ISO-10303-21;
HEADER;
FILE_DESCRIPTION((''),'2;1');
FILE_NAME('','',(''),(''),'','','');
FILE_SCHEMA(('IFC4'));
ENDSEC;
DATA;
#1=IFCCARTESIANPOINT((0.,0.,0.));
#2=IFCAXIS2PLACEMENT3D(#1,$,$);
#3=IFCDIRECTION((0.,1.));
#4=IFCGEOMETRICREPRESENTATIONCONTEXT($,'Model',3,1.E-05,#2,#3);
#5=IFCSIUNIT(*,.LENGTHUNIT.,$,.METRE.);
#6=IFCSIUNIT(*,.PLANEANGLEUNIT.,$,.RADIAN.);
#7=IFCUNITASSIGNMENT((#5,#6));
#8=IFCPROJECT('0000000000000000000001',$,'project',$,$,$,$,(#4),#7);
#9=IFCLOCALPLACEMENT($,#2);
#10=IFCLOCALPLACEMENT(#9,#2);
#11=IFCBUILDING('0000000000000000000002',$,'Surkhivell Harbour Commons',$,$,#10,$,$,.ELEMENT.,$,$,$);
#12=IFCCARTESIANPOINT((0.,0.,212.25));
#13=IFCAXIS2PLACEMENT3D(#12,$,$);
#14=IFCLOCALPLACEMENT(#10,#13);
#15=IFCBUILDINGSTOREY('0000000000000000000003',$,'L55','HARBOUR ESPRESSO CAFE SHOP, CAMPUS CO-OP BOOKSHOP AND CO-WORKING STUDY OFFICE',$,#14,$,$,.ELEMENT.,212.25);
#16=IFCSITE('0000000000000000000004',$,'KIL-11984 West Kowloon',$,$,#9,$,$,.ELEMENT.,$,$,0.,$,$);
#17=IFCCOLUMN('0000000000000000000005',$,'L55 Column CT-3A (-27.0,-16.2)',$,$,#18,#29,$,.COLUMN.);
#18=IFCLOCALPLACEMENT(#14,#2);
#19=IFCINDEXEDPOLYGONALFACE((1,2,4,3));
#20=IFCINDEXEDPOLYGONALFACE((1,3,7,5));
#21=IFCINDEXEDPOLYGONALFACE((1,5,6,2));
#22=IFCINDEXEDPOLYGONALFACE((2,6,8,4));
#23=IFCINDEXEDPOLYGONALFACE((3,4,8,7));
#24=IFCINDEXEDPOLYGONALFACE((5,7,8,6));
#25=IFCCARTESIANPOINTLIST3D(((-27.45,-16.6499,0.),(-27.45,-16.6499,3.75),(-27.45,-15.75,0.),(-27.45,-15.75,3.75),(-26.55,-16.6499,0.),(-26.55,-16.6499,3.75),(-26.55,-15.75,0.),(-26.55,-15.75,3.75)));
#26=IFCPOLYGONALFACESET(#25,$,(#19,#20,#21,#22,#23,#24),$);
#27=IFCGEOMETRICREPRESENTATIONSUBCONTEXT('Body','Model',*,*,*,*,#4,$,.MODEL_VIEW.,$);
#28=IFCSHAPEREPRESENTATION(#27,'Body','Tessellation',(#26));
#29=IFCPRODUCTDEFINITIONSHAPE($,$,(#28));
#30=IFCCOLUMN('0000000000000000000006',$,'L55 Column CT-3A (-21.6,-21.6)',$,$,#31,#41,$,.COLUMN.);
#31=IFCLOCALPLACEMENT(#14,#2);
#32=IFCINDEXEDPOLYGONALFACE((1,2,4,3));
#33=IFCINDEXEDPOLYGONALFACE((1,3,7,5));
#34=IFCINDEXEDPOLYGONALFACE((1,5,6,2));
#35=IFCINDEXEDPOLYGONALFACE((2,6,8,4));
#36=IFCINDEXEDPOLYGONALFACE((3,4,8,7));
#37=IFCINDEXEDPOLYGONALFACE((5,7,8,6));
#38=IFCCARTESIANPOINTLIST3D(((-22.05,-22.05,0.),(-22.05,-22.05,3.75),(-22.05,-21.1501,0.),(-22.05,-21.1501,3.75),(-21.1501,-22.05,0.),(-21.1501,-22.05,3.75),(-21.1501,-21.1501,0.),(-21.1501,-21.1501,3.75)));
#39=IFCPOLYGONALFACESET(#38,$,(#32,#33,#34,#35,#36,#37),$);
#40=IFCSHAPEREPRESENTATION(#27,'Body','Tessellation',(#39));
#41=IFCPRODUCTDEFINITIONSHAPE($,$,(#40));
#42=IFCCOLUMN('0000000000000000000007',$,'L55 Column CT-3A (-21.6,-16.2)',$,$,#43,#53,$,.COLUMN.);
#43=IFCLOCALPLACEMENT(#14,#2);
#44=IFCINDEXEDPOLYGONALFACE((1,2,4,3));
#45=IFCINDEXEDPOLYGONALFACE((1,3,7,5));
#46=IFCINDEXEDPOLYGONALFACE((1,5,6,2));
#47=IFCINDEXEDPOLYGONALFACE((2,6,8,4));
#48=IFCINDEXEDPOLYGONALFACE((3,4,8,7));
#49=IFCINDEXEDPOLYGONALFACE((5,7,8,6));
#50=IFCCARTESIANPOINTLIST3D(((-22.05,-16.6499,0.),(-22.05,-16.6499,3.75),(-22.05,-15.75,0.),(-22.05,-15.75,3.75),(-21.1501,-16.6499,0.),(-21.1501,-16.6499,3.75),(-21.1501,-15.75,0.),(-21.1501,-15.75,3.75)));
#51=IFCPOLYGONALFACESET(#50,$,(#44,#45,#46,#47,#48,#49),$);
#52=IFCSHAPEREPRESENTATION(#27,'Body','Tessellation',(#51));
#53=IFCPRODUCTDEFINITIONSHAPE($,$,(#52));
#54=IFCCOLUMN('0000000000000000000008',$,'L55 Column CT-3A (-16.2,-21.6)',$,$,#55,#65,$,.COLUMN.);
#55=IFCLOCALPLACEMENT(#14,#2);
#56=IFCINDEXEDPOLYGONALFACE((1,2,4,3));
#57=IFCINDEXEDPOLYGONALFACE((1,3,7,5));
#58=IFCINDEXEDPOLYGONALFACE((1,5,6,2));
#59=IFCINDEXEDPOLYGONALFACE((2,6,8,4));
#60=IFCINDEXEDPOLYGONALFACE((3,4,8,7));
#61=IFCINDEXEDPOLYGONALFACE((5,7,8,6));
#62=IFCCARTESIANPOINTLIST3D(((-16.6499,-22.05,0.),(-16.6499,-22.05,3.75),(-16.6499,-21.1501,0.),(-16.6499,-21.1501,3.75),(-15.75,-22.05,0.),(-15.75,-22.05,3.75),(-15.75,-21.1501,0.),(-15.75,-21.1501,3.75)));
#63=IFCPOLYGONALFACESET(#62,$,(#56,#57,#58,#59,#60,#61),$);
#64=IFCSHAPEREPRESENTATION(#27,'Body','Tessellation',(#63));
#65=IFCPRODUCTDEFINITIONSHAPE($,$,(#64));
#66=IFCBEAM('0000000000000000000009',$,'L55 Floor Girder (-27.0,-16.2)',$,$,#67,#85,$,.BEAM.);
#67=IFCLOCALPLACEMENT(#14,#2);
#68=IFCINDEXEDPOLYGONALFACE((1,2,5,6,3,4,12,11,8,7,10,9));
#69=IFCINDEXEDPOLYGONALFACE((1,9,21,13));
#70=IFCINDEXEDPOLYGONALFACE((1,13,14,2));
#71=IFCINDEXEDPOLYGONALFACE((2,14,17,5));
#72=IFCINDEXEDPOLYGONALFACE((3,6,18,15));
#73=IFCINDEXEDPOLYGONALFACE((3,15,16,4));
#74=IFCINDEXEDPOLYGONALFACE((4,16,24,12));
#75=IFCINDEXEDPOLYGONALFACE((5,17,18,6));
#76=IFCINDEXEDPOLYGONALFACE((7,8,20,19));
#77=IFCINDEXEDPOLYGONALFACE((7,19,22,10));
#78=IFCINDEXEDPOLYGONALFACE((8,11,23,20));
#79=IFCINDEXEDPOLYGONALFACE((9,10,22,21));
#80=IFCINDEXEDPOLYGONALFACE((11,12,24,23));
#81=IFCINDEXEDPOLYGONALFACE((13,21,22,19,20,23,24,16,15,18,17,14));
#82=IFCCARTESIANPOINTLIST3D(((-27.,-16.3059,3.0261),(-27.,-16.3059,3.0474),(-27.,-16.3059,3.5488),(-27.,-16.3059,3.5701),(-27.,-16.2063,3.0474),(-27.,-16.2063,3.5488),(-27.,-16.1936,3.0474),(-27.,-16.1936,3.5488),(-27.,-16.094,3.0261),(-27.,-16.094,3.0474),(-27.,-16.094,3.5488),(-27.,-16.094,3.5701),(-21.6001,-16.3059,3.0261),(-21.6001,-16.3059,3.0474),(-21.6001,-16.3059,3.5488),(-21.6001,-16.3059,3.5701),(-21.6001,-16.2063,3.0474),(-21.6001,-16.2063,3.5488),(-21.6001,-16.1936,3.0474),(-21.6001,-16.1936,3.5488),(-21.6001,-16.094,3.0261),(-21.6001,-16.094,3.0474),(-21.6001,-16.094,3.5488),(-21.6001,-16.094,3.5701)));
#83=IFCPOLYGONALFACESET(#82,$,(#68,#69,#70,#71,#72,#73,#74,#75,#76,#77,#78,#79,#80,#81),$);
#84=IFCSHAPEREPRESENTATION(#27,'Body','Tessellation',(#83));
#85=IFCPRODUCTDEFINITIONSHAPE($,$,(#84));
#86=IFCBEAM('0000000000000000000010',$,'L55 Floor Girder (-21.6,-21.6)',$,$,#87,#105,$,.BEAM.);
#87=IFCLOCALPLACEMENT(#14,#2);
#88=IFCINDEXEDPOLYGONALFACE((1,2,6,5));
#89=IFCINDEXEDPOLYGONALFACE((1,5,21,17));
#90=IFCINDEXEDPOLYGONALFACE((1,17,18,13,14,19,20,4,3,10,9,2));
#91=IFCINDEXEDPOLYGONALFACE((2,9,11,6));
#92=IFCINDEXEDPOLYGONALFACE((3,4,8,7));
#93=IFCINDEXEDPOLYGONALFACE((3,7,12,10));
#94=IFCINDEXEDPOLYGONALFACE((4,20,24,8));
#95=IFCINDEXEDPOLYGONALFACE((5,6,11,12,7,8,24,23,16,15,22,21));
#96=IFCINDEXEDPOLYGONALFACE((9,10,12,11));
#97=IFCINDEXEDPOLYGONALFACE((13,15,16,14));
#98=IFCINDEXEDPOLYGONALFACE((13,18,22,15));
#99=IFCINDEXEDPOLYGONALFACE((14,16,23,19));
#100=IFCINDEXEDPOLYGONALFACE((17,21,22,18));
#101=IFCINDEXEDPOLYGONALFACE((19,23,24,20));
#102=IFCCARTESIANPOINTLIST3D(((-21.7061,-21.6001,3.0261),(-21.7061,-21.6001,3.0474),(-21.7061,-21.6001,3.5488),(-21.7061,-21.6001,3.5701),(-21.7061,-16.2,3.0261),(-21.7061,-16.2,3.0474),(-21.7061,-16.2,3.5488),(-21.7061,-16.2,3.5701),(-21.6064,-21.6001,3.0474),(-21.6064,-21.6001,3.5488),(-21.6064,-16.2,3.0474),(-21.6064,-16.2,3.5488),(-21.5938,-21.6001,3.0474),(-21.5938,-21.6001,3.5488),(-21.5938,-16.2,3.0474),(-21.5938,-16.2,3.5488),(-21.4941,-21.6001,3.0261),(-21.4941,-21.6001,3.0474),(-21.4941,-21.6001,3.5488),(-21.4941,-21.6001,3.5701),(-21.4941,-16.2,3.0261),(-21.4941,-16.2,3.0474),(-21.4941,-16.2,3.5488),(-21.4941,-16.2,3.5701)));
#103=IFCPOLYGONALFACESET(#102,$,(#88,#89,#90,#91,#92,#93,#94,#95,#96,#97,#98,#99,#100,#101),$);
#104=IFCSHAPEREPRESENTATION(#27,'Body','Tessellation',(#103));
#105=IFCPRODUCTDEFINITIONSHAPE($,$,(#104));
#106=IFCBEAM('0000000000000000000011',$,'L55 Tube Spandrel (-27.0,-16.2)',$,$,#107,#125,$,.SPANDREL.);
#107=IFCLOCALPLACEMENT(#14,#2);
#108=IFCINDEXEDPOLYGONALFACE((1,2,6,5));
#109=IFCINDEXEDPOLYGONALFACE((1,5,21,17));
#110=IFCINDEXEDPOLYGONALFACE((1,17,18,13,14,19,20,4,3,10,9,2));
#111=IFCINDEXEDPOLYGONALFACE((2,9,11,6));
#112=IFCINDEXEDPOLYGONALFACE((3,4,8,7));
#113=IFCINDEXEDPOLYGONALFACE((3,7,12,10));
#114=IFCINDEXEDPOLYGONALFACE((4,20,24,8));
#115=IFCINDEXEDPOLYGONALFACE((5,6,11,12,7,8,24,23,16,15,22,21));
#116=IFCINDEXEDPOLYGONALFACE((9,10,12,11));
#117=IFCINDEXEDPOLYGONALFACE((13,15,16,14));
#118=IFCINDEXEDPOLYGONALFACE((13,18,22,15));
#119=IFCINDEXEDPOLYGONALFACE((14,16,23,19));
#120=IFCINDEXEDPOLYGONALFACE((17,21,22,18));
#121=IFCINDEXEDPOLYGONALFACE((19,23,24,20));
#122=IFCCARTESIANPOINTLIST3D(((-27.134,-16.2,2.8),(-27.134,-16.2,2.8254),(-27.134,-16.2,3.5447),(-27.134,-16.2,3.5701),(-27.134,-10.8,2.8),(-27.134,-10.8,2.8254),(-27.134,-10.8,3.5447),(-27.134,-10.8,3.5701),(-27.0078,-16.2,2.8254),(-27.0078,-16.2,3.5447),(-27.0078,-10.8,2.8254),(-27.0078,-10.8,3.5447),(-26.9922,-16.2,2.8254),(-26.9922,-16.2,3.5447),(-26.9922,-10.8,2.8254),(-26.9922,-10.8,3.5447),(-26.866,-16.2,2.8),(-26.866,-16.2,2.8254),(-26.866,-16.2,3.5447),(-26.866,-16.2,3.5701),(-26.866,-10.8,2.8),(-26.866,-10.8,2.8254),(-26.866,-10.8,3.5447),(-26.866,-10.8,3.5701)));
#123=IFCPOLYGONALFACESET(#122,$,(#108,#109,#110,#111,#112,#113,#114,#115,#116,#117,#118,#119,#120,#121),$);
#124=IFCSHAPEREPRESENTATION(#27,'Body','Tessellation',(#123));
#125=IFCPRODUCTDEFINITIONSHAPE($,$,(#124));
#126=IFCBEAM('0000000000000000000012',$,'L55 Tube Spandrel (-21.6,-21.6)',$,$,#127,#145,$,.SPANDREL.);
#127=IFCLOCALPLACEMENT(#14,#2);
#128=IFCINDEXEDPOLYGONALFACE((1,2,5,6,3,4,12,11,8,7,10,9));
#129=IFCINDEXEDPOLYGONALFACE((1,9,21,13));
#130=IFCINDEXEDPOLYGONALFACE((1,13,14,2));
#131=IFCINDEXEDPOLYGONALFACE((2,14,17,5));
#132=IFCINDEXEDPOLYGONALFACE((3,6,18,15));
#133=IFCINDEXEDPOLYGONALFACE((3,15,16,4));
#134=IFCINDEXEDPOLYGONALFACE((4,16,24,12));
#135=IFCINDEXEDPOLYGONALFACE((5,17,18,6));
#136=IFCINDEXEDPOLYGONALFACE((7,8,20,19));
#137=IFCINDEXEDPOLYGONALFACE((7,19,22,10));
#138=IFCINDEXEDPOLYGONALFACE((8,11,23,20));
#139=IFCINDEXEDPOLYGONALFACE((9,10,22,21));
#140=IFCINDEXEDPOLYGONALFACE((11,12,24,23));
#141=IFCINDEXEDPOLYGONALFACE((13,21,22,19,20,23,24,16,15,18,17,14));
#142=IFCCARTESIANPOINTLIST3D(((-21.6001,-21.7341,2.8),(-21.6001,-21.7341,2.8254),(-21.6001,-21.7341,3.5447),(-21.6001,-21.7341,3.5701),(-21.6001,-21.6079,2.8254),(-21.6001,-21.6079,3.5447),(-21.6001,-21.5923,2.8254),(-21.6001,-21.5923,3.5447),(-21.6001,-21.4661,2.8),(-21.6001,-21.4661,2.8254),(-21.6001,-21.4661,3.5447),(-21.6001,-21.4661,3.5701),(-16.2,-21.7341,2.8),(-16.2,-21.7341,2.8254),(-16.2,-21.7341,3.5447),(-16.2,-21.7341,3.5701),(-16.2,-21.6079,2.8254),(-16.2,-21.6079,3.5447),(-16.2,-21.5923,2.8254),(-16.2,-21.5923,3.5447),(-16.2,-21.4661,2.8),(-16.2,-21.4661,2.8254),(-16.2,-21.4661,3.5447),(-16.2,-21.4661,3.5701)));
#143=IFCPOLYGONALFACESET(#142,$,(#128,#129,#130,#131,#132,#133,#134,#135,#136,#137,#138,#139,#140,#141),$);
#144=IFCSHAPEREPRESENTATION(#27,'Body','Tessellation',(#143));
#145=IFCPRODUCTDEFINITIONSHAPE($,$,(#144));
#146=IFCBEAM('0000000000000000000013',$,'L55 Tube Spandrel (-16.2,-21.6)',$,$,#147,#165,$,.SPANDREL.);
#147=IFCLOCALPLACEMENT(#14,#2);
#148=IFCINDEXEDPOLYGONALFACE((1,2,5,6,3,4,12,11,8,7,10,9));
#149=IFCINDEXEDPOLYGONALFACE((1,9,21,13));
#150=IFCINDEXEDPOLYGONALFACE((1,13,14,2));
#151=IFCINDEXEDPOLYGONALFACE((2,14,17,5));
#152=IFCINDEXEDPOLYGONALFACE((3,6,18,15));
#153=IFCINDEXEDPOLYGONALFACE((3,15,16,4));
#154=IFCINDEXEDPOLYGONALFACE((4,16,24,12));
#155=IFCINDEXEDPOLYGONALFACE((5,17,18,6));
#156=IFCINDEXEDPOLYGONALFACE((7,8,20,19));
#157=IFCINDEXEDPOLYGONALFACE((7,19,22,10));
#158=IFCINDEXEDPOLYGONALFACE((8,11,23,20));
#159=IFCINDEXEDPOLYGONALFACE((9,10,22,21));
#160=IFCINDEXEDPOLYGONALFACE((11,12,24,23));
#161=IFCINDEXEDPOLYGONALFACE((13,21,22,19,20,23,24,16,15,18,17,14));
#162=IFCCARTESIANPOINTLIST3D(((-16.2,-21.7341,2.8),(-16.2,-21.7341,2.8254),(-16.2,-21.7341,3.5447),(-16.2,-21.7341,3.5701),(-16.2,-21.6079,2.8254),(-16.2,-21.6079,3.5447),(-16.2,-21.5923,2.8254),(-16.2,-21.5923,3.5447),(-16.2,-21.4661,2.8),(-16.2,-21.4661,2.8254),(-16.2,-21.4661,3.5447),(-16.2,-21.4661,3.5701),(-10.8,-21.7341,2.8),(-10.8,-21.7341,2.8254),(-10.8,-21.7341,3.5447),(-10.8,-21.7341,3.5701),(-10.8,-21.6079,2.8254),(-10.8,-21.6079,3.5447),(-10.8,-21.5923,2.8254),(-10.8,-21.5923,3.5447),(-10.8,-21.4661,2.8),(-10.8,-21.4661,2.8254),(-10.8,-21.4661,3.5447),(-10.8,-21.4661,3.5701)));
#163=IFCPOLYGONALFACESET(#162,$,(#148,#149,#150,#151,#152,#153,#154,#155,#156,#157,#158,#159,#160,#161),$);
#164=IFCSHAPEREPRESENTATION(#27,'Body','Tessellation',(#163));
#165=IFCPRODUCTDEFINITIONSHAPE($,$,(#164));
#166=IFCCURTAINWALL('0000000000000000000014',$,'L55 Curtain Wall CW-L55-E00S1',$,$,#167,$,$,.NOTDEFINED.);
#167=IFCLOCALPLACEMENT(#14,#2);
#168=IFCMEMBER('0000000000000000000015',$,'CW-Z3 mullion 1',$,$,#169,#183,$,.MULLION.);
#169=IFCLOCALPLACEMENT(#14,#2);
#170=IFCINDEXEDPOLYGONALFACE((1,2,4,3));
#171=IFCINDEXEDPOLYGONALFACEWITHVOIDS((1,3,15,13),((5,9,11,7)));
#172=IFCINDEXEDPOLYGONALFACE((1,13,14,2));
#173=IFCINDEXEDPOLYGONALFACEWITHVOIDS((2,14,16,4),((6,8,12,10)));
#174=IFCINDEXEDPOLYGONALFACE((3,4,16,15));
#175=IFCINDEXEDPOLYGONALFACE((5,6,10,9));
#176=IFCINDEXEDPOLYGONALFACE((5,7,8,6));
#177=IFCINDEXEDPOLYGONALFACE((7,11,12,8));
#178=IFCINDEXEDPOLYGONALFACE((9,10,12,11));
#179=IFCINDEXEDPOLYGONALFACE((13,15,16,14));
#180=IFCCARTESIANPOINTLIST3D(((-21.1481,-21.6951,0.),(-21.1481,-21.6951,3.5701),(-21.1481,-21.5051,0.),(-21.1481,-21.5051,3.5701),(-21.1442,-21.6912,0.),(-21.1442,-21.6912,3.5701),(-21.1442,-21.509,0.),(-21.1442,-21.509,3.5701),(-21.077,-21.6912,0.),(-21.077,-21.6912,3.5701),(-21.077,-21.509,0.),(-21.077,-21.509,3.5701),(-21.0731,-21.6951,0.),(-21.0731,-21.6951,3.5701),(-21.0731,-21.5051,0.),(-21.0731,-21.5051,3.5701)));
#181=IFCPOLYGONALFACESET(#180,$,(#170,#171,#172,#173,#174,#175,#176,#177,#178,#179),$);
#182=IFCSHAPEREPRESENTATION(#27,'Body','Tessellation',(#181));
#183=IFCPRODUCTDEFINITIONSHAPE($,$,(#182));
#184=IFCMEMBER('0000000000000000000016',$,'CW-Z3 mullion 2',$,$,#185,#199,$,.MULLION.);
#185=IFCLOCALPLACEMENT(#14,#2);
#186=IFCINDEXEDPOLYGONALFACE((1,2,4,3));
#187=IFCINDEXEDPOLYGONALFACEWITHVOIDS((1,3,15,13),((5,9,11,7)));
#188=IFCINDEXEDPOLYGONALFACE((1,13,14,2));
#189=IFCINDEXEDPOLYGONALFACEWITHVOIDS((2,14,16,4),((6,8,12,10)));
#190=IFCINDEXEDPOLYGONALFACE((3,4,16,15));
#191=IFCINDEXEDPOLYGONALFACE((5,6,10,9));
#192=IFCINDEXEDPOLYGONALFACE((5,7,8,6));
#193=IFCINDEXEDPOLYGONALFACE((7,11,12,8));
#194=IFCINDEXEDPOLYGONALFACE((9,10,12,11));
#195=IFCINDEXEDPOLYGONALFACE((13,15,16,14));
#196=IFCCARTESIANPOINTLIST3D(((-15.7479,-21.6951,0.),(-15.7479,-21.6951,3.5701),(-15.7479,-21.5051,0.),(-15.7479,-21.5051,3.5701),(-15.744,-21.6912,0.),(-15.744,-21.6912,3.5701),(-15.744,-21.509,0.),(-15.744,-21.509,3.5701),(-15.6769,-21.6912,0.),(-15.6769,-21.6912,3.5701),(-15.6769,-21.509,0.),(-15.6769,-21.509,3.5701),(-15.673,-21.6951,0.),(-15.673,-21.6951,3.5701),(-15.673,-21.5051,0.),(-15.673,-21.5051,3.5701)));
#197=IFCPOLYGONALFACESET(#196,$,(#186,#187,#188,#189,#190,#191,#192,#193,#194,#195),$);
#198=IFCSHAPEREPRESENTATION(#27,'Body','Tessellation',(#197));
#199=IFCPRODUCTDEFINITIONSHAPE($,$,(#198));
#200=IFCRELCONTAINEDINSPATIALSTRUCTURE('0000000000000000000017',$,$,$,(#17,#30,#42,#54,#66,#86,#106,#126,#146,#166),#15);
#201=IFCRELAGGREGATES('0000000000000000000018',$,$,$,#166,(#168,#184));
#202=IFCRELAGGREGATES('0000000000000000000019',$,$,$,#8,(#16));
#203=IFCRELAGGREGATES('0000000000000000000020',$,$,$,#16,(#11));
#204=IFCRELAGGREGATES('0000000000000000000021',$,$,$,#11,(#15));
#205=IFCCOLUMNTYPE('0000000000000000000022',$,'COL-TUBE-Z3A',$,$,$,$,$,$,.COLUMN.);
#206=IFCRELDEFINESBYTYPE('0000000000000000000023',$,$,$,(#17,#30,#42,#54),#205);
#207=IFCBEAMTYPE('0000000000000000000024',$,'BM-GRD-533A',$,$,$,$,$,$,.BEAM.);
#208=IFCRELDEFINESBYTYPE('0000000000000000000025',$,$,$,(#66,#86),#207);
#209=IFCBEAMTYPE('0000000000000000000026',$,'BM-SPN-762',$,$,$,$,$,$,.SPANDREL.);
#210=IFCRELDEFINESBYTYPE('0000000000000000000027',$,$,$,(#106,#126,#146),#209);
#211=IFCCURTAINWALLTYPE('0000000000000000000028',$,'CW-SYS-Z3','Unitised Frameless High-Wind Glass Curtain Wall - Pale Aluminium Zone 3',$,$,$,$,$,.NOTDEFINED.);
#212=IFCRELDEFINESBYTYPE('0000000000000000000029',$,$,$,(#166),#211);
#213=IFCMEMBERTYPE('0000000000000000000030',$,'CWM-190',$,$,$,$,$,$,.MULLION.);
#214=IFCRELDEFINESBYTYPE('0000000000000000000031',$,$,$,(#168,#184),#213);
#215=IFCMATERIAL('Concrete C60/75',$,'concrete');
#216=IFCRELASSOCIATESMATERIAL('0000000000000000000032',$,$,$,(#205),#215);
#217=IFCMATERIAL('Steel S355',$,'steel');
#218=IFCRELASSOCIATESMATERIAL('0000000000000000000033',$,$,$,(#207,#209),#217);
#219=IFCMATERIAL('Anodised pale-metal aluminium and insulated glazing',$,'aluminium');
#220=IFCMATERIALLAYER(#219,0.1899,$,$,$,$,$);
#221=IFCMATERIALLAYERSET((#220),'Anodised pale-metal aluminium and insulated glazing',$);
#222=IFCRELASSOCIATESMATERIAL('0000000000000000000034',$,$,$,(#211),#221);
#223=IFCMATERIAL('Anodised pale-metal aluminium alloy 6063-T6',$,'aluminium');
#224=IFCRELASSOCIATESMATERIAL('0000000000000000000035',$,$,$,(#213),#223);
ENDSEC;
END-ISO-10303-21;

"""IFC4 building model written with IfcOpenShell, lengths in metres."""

from ifc_helpers import new_model, si_unit, direction, frame, origin, origin_2d, place, context, subcontext, project, spatial, rectangle, hollow_rectangle, i_section, extrude, material, layer, layer_set, material_profile, profile_set, type_object, element, aggregate, save


model = new_model("IFC4")

# Units and contexts
model_context = context("Model", 3, precision=1e-05, world=origin(), true_north=direction((0.0, 1.0)))
body_context = subcontext(model_context, "Body", "Model", "MODEL_VIEW")
ifc_project = project(units=[si_unit("LENGTHUNIT", "METRE"), si_unit("PLANEANGLEUNIT", "RADIAN")], contexts=[model_context])

# Site, building, storey
site_placement = place(None, origin())
site = spatial("IfcSite", under=ifc_project, at=site_placement, Name="KIL-11984 West Kowloon", CompositionType="ELEMENT", RefElevation=0.0)
building_placement = place(site_placement, origin())
building = spatial("IfcBuilding", under=site, at=building_placement, Name="Surkhivell Harbour Commons", CompositionType="ELEMENT")
storey_placement = place(building_placement, frame((0.0, 0.0, 212.25)))
storey = spatial("IfcBuildingStorey", under=building, at=storey_placement, Name="L55", Description="HARBOUR ESPRESSO CAFE SHOP, CAMPUS CO-OP BOOKSHOP AND CO-WORKING STUDY OFFICE", CompositionType="ELEMENT", Elevation=212.25)

# Columns
ifc_material_1 = material(Name="Concrete C60/75", Category="concrete")
ifc_material_profile_1 = material_profile(ifc_material_1, rectangle(XDim=0.8999, YDim=0.8999, at=origin_2d()), Name="RC-COL-900x900")
ifc_profile_set_1 = profile_set([ifc_material_profile_1], Name="Concrete C60/75")
column_type = type_object("IfcColumnType", Name="COL-TUBE-Z3A", PredefinedType="COLUMN", material=ifc_profile_set_1)
for number, where, z_axis, x_axis, name in (
    (1, (-27.0, -16.2, 0.0), (0.0, 0.0, 1.0), (1.0, 0.0, 0.0), "L55 Column CT-3A (-27.0,-16.2)"),
    (2, (-21.6001, -21.6001, 0.0), (0.0, 0.0, 1.0), (1.0, 0.0, 0.0), "L55 Column CT-3A (-21.6,-21.6)"),
    (3, (-21.6001, -16.2, 0.0), (0.0, 0.0, 1.0), (1.0, 0.0, 0.0), "L55 Column CT-3A (-21.6,-16.2)"),
    (4, (-16.2, -21.6001, 0.0), (0.0, 0.0, 1.0), (1.0, 0.0, 0.0), "L55 Column CT-3A (-16.2,-21.6)"),
):
    element("IfcColumn", number, at=place(storey_placement, frame(where, z_axis=z_axis, x_axis=x_axis)), inside=storey, type_object=column_type, Name=name, PredefinedType="COLUMN", context=body_context, shape_type="SweptSolid", body=[
        extrude(rectangle(XDim=0.8999, YDim=0.8999, at=origin_2d()), origin(), (0.0, 0.0, 1.0), 3.75),
    ])

# Beams
ifc_material_2 = material(Name="Steel S355", Category="steel")
ifc_material_profile_2 = material_profile(ifc_material_2, i_section(OverallWidth=0.2119, OverallDepth=0.5439, WebThickness=0.0127, FlangeThickness=0.0212, at=origin_2d()), Name="UB533x210x122")
ifc_profile_set_2 = profile_set([ifc_material_profile_2], Name="Steel S355")
beam_type_1 = type_object("IfcBeamType", Name="BM-GRD-533A", PredefinedType="BEAM", material=ifc_profile_set_2)
beam_1_placement = place(storey_placement, frame((-27.0, -16.2, 3.2981), z_axis=(1.0, 0.0, 0.0), x_axis=(0.0, 1.0, 0.0)))
element("IfcBeam", 5, at=beam_1_placement, inside=storey, type_object=beam_type_1, Name="L55 Floor Girder (-27.0,-16.2)", PredefinedType="BEAM", context=body_context, shape_type="SweptSolid", body=[
    extrude(i_section(OverallWidth=0.2119, OverallDepth=0.5439, WebThickness=0.0127, FlangeThickness=0.0212, at=origin_2d()), origin(), (0.0, 0.0, 1.0), 5.3999),
])
beam_2_placement = place(storey_placement, frame((-21.6001, -21.6001, 3.2981), z_axis=(0.0, 1.0, 0.0), x_axis=(-1.0, 0.0, 0.0)))
element("IfcBeam", 6, at=beam_2_placement, inside=storey, type_object=beam_type_1, Name="L55 Floor Girder (-21.6,-21.6)", PredefinedType="BEAM", context=body_context, shape_type="SweptSolid", body=[
    extrude(i_section(OverallWidth=0.2119, OverallDepth=0.5439, WebThickness=0.0127, FlangeThickness=0.0212, at=origin_2d()), origin(), (0.0, 0.0, 1.0), 5.4001),
])
ifc_material_profile_3 = material_profile(ifc_material_2, i_section(OverallWidth=0.2681, OverallDepth=0.77, WebThickness=0.0156, FlangeThickness=0.0254, at=origin_2d()), Name="UB762x267x197")
ifc_profile_set_3 = profile_set([ifc_material_profile_3], Name="Steel S355")
beam_type_2 = type_object("IfcBeamType", Name="BM-SPN-762", PredefinedType="SPANDREL", material=ifc_profile_set_3)
beam_3_placement = place(storey_placement, frame((-27.0, -16.2, 3.1851), z_axis=(0.0, 1.0, 0.0), x_axis=(-1.0, 0.0, 0.0)))
element("IfcBeam", 7, at=beam_3_placement, inside=storey, type_object=beam_type_2, Name="L55 Tube Spandrel (-27.0,-16.2)", PredefinedType="SPANDREL", context=body_context, shape_type="SweptSolid", body=[
    extrude(i_section(OverallWidth=0.2681, OverallDepth=0.77, WebThickness=0.0156, FlangeThickness=0.0254, at=origin_2d()), origin(), (0.0, 0.0, 1.0), 5.3999),
])
beam_4_placement = place(storey_placement, frame((-21.6001, -21.6001, 3.1851), z_axis=(1.0, 0.0, 0.0), x_axis=(0.0, 1.0, 0.0)))
element("IfcBeam", 8, at=beam_4_placement, inside=storey, type_object=beam_type_2, Name="L55 Tube Spandrel (-21.6,-21.6)", PredefinedType="SPANDREL", context=body_context, shape_type="SweptSolid", body=[
    extrude(i_section(OverallWidth=0.2681, OverallDepth=0.77, WebThickness=0.0156, FlangeThickness=0.0254, at=origin_2d()), origin(), (0.0, 0.0, 1.0), 5.4001),
])
beam_5_placement = place(storey_placement, frame((-16.2, -21.6001, 3.1851), z_axis=(1.0, 0.0, 0.0), x_axis=(0.0, 1.0, 0.0)))
element("IfcBeam", 9, at=beam_5_placement, inside=storey, type_object=beam_type_2, Name="L55 Tube Spandrel (-16.2,-21.6)", PredefinedType="SPANDREL", context=body_context, shape_type="SweptSolid", body=[
    extrude(i_section(OverallWidth=0.2681, OverallDepth=0.77, WebThickness=0.0156, FlangeThickness=0.0254, at=origin_2d()), origin(), (0.0, 0.0, 1.0), 5.3999),
])

# Curtain wall, members
ifc_material_3 = material(Name="Anodised pale-metal aluminium and insulated glazing", Category="aluminium")
ifc_layer_1 = layer(ifc_material_3, 0.1899)
ifc_layer_set_1 = layer_set([ifc_layer_1], Name="Anodised pale-metal aluminium and insulated glazing")
curtain_wall_type = type_object("IfcCurtainWallType", Name="CW-SYS-Z3", Description="Unitised Frameless High-Wind Glass Curtain Wall - Pale Aluminium Zone 3", PredefinedType="NOTDEFINED", material=ifc_layer_set_1)
curtain_wall_placement = place(storey_placement, origin())
curtain_wall = element("IfcCurtainWall", 10, at=curtain_wall_placement, inside=storey, type_object=curtain_wall_type, Name="L55 Curtain Wall CW-L55-E00S1", PredefinedType="NOTDEFINED")
ifc_material_4 = material(Name="Anodised pale-metal aluminium alloy 6063-T6", Category="aluminium")
ifc_material_profile_4 = material_profile(ifc_material_4, hollow_rectangle(XDim=0.075, YDim=0.1899, WallThickness=0.0039, at=origin_2d()), Name="ALU-MULL-75x190")
ifc_profile_set_4 = profile_set([ifc_material_profile_4], Name="Anodised pale-metal aluminium alloy 6063-T6")
member_type_1 = type_object("IfcMemberType", Name="CWM-190", PredefinedType="MULLION", material=ifc_profile_set_4)
member_1_placement = place(storey_placement, frame((-21.1106, -21.6001, 0.0), z_axis=(0.0, 0.0, 1.0), x_axis=(1.0, 0.0, 0.0)))
member_1 = element("IfcMember", 11, at=member_1_placement, type_object=member_type_1, Name="CW-Z3 mullion 1", PredefinedType="MULLION", context=body_context, shape_type="SweptSolid", body=[
    extrude(hollow_rectangle(XDim=0.075, YDim=0.1899, WallThickness=0.0039, at=origin_2d()), origin(), (0.0, 0.0, 1.0), 3.5701),
])
member_2_placement = place(storey_placement, frame((-15.7104, -21.6001, 0.0), z_axis=(0.0, 0.0, 1.0), x_axis=(1.0, 0.0, 0.0)))
member_2 = element("IfcMember", 12, at=member_2_placement, type_object=member_type_1, Name="CW-Z3 mullion 2", PredefinedType="MULLION", context=body_context, shape_type="SweptSolid", body=[
    extrude(hollow_rectangle(XDim=0.075, YDim=0.1899, WallThickness=0.0039, at=origin_2d()), origin(), (0.0, 0.0, 1.0), 3.5701),
])
aggregate(curtain_wall, [member_1, member_2])

save(model, "model.ifc")
